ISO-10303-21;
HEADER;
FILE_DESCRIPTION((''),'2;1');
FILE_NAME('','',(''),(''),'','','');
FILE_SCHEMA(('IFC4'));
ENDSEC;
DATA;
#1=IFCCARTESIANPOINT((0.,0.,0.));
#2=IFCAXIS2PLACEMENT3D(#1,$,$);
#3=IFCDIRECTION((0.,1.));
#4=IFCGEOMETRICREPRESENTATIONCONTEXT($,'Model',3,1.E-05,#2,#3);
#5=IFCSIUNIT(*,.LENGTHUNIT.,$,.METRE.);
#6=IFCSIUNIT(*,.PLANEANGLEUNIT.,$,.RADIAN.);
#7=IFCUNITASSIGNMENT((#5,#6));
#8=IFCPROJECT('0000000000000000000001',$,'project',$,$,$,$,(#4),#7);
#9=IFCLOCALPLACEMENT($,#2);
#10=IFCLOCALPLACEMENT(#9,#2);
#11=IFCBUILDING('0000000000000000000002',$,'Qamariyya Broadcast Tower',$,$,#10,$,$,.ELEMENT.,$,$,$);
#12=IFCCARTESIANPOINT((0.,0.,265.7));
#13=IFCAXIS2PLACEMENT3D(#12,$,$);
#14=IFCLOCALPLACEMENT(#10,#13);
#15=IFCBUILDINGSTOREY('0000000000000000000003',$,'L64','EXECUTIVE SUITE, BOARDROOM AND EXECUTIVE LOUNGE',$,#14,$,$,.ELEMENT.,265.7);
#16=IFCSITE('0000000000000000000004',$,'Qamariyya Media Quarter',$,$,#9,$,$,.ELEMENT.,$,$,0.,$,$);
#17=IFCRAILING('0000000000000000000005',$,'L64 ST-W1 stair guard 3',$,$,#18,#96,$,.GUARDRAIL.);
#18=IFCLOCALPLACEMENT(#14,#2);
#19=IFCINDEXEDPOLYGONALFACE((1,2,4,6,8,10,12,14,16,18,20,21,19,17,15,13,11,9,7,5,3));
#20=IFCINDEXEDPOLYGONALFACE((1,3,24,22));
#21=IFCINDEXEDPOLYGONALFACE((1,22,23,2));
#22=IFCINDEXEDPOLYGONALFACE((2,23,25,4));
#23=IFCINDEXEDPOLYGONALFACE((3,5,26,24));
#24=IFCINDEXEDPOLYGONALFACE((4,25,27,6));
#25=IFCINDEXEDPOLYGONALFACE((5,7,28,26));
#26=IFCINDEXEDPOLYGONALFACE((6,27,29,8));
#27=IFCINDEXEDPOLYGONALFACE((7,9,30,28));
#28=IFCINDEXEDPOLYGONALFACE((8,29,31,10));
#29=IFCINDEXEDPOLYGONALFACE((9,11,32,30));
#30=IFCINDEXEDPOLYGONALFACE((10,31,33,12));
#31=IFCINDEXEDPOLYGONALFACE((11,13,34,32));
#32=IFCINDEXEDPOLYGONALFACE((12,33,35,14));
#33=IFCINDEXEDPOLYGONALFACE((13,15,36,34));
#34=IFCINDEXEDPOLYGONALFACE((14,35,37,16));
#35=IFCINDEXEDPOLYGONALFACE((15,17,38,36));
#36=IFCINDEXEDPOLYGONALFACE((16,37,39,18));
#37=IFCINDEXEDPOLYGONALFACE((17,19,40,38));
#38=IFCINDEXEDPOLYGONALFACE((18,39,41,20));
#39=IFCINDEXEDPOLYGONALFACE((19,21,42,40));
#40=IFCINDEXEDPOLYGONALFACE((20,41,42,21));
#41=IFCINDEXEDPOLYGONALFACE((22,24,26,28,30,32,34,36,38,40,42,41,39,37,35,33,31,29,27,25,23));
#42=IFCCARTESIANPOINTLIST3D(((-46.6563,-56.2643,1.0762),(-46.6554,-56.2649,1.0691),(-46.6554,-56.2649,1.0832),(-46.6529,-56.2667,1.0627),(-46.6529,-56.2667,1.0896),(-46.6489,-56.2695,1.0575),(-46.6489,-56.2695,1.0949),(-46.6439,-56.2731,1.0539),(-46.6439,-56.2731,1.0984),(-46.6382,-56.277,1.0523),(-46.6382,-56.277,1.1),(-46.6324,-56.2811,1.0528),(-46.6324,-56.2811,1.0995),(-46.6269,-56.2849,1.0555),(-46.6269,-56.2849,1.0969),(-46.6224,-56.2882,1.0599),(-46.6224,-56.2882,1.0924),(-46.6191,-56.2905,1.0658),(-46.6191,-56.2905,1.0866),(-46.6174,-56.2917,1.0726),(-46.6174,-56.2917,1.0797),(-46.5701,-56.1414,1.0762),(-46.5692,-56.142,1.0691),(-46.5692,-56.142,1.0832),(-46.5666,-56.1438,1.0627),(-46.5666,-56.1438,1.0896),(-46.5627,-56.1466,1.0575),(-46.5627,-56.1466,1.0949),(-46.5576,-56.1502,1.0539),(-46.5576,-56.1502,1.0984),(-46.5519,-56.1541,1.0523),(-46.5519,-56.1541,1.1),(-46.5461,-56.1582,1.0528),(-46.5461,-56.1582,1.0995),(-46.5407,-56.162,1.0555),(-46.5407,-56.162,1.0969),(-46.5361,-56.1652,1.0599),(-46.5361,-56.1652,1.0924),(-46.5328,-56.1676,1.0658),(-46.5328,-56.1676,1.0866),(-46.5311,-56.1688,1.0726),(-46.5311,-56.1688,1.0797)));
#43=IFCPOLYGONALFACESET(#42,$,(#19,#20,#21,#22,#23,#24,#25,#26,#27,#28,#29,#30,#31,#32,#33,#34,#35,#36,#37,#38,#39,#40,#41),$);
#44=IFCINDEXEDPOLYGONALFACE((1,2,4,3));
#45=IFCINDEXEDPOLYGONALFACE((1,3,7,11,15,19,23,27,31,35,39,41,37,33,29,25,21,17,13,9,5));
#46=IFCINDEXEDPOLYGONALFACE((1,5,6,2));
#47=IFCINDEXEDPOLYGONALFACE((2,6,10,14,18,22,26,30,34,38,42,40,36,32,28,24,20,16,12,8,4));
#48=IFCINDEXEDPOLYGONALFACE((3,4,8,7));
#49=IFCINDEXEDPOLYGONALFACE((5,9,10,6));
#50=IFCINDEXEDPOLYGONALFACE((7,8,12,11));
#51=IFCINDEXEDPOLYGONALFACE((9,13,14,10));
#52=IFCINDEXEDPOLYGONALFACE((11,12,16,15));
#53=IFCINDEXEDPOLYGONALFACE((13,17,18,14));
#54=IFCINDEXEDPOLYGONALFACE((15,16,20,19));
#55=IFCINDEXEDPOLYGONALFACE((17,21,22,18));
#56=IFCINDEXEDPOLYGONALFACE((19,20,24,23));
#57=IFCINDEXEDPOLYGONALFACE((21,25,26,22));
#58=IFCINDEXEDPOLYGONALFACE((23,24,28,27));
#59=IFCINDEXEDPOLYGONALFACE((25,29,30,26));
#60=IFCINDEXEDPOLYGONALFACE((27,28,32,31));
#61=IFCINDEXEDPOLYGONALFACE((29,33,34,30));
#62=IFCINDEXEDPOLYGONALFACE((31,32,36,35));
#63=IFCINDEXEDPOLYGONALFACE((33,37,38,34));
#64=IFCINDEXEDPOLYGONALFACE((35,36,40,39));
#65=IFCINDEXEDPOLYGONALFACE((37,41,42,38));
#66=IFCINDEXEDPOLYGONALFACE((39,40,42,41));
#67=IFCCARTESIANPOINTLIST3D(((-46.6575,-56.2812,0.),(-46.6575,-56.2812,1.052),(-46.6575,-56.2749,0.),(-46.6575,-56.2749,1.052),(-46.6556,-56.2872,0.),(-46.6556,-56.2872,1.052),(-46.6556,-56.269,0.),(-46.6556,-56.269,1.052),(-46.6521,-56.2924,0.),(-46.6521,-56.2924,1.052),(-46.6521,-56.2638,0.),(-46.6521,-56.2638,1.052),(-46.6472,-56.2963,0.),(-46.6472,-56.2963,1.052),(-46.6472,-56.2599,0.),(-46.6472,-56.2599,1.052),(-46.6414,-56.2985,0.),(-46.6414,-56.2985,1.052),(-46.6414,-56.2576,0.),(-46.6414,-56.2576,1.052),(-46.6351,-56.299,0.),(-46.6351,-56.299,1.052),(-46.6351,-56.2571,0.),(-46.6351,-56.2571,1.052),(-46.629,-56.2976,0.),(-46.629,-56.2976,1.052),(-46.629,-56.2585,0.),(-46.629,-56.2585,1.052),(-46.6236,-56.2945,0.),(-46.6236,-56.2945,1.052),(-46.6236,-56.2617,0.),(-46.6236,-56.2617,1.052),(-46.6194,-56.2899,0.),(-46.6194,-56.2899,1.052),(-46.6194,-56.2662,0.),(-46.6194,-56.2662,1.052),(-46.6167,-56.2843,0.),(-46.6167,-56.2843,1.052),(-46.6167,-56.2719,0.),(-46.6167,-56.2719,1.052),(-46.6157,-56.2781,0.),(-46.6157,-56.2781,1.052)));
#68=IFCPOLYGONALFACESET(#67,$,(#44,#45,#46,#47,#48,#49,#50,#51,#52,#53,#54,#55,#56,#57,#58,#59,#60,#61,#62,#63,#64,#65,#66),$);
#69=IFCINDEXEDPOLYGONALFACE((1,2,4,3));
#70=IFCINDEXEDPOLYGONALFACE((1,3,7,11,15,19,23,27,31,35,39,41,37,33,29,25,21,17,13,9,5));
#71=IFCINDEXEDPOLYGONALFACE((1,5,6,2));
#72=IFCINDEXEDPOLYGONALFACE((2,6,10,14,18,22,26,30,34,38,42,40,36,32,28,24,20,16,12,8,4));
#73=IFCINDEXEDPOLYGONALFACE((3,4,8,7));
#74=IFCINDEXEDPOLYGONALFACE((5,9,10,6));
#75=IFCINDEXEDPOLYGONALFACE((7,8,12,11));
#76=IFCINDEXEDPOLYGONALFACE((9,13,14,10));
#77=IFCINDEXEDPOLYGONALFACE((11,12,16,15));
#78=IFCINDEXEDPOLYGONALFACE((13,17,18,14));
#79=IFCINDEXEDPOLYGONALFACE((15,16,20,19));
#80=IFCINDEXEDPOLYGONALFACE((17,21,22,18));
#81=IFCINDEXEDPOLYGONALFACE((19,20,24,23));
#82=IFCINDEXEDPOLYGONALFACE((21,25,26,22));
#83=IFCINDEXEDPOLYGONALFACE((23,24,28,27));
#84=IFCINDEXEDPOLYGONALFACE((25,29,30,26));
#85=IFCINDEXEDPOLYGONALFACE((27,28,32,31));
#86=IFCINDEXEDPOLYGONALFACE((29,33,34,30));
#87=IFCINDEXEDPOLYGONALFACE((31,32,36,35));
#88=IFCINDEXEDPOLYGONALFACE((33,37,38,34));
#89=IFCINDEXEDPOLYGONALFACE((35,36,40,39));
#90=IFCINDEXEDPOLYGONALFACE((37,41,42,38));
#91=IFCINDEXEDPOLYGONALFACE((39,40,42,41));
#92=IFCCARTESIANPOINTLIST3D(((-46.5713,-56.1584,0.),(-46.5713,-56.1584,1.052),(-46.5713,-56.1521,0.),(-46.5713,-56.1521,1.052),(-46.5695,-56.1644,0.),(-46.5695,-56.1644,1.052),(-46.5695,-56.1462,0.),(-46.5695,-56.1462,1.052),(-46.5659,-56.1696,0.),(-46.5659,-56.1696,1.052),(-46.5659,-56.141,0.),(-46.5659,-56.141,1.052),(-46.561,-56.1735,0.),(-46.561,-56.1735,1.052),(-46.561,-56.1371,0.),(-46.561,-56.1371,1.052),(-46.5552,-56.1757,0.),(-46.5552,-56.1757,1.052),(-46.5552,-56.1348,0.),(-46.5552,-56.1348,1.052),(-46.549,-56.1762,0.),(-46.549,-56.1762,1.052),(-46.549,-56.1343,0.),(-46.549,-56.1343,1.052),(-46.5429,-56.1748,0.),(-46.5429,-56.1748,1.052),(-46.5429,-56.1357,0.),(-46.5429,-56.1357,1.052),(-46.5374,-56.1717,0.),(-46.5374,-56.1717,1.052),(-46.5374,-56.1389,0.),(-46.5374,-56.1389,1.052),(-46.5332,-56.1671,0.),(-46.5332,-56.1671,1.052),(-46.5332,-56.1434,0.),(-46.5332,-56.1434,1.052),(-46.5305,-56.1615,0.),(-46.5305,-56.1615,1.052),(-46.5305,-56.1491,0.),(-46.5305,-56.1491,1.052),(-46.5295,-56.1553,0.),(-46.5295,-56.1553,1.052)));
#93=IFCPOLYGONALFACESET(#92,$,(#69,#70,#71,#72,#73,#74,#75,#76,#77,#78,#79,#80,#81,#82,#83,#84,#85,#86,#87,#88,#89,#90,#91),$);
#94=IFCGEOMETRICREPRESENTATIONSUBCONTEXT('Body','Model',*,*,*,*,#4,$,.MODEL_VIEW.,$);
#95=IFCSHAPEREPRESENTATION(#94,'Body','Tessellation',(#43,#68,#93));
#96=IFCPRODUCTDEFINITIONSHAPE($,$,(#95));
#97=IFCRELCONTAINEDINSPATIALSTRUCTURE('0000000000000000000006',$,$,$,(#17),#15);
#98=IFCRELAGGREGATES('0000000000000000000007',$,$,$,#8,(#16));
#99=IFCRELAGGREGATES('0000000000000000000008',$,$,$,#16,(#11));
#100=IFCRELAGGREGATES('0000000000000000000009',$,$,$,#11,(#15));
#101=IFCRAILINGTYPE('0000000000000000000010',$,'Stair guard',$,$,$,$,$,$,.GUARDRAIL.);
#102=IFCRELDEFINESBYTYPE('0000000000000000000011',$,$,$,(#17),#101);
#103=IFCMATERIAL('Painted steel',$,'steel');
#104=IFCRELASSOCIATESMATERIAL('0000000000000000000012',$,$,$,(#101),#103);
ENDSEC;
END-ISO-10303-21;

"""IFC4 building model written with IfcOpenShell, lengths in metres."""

from ifc_helpers import new_model, si_unit, direction, frame, origin, origin_2d, place, context, subcontext, project, spatial, circle, extrude, material, type_object, element, save


model = new_model("IFC4")

# Units and contexts
model_context = context("Model", 3, precision=1e-05, world=origin(), true_north=direction((0.0, 1.0)))
body_context = subcontext(model_context, "Body", "Model", "MODEL_VIEW")
ifc_project = project(units=[si_unit("LENGTHUNIT", "METRE"), si_unit("PLANEANGLEUNIT", "RADIAN")], contexts=[model_context])

# Site, building, storey
site_placement = place(None, origin())
site = spatial("IfcSite", under=ifc_project, at=site_placement, Name="Qamariyya Media Quarter", CompositionType="ELEMENT", RefElevation=0.0)
building_placement = place(site_placement, origin())
building = spatial("IfcBuilding", under=site, at=building_placement, Name="Qamariyya Broadcast Tower", CompositionType="ELEMENT")
storey_placement = place(building_placement, frame((0.0, 0.0, 265.7)))
storey = spatial("IfcBuildingStorey", under=building, at=storey_placement, Name="L64", Description="EXECUTIVE SUITE, BOARDROOM AND EXECUTIVE LOUNGE", CompositionType="ELEMENT", Elevation=265.7)

# Railing
ifc_material_1 = material(Name="Painted steel", Category="steel")
railing_type_1 = type_object("IfcRailingType", Name="Stair guard", PredefinedType="GUARDRAIL", material=ifc_material_1)
railing_1_placement = place(storey_placement, frame((-46.6367, -56.2781, 0.0)))
element("IfcRailing", 1, at=railing_1_placement, inside=storey, type_object=railing_type_1, Name="L64 ST-W1 stair guard 3", PredefinedType="GUARDRAIL", context=body_context, shape_type="SweptSolid", body=[
    extrude(circle(Radius=0.0239, at=origin_2d()), frame((0.0, 0.0, 1.0762), z_axis=(0.574445, 0.818543, 0.0), x_axis=(-0.818543, 0.574445, 0.0)), (0.0, 0.0, 1.0), 0.1501),
    extrude(circle(Radius=0.021, at=origin_2d()), origin(), (0.0, 0.0, 1.0), 1.052),
    extrude(circle(Radius=0.021, at=origin_2d()), frame((0.0862, 0.1228, 0.0)), (0.0, 0.0, 1.0), 1.052),
])

save(model, "model.ifc")
